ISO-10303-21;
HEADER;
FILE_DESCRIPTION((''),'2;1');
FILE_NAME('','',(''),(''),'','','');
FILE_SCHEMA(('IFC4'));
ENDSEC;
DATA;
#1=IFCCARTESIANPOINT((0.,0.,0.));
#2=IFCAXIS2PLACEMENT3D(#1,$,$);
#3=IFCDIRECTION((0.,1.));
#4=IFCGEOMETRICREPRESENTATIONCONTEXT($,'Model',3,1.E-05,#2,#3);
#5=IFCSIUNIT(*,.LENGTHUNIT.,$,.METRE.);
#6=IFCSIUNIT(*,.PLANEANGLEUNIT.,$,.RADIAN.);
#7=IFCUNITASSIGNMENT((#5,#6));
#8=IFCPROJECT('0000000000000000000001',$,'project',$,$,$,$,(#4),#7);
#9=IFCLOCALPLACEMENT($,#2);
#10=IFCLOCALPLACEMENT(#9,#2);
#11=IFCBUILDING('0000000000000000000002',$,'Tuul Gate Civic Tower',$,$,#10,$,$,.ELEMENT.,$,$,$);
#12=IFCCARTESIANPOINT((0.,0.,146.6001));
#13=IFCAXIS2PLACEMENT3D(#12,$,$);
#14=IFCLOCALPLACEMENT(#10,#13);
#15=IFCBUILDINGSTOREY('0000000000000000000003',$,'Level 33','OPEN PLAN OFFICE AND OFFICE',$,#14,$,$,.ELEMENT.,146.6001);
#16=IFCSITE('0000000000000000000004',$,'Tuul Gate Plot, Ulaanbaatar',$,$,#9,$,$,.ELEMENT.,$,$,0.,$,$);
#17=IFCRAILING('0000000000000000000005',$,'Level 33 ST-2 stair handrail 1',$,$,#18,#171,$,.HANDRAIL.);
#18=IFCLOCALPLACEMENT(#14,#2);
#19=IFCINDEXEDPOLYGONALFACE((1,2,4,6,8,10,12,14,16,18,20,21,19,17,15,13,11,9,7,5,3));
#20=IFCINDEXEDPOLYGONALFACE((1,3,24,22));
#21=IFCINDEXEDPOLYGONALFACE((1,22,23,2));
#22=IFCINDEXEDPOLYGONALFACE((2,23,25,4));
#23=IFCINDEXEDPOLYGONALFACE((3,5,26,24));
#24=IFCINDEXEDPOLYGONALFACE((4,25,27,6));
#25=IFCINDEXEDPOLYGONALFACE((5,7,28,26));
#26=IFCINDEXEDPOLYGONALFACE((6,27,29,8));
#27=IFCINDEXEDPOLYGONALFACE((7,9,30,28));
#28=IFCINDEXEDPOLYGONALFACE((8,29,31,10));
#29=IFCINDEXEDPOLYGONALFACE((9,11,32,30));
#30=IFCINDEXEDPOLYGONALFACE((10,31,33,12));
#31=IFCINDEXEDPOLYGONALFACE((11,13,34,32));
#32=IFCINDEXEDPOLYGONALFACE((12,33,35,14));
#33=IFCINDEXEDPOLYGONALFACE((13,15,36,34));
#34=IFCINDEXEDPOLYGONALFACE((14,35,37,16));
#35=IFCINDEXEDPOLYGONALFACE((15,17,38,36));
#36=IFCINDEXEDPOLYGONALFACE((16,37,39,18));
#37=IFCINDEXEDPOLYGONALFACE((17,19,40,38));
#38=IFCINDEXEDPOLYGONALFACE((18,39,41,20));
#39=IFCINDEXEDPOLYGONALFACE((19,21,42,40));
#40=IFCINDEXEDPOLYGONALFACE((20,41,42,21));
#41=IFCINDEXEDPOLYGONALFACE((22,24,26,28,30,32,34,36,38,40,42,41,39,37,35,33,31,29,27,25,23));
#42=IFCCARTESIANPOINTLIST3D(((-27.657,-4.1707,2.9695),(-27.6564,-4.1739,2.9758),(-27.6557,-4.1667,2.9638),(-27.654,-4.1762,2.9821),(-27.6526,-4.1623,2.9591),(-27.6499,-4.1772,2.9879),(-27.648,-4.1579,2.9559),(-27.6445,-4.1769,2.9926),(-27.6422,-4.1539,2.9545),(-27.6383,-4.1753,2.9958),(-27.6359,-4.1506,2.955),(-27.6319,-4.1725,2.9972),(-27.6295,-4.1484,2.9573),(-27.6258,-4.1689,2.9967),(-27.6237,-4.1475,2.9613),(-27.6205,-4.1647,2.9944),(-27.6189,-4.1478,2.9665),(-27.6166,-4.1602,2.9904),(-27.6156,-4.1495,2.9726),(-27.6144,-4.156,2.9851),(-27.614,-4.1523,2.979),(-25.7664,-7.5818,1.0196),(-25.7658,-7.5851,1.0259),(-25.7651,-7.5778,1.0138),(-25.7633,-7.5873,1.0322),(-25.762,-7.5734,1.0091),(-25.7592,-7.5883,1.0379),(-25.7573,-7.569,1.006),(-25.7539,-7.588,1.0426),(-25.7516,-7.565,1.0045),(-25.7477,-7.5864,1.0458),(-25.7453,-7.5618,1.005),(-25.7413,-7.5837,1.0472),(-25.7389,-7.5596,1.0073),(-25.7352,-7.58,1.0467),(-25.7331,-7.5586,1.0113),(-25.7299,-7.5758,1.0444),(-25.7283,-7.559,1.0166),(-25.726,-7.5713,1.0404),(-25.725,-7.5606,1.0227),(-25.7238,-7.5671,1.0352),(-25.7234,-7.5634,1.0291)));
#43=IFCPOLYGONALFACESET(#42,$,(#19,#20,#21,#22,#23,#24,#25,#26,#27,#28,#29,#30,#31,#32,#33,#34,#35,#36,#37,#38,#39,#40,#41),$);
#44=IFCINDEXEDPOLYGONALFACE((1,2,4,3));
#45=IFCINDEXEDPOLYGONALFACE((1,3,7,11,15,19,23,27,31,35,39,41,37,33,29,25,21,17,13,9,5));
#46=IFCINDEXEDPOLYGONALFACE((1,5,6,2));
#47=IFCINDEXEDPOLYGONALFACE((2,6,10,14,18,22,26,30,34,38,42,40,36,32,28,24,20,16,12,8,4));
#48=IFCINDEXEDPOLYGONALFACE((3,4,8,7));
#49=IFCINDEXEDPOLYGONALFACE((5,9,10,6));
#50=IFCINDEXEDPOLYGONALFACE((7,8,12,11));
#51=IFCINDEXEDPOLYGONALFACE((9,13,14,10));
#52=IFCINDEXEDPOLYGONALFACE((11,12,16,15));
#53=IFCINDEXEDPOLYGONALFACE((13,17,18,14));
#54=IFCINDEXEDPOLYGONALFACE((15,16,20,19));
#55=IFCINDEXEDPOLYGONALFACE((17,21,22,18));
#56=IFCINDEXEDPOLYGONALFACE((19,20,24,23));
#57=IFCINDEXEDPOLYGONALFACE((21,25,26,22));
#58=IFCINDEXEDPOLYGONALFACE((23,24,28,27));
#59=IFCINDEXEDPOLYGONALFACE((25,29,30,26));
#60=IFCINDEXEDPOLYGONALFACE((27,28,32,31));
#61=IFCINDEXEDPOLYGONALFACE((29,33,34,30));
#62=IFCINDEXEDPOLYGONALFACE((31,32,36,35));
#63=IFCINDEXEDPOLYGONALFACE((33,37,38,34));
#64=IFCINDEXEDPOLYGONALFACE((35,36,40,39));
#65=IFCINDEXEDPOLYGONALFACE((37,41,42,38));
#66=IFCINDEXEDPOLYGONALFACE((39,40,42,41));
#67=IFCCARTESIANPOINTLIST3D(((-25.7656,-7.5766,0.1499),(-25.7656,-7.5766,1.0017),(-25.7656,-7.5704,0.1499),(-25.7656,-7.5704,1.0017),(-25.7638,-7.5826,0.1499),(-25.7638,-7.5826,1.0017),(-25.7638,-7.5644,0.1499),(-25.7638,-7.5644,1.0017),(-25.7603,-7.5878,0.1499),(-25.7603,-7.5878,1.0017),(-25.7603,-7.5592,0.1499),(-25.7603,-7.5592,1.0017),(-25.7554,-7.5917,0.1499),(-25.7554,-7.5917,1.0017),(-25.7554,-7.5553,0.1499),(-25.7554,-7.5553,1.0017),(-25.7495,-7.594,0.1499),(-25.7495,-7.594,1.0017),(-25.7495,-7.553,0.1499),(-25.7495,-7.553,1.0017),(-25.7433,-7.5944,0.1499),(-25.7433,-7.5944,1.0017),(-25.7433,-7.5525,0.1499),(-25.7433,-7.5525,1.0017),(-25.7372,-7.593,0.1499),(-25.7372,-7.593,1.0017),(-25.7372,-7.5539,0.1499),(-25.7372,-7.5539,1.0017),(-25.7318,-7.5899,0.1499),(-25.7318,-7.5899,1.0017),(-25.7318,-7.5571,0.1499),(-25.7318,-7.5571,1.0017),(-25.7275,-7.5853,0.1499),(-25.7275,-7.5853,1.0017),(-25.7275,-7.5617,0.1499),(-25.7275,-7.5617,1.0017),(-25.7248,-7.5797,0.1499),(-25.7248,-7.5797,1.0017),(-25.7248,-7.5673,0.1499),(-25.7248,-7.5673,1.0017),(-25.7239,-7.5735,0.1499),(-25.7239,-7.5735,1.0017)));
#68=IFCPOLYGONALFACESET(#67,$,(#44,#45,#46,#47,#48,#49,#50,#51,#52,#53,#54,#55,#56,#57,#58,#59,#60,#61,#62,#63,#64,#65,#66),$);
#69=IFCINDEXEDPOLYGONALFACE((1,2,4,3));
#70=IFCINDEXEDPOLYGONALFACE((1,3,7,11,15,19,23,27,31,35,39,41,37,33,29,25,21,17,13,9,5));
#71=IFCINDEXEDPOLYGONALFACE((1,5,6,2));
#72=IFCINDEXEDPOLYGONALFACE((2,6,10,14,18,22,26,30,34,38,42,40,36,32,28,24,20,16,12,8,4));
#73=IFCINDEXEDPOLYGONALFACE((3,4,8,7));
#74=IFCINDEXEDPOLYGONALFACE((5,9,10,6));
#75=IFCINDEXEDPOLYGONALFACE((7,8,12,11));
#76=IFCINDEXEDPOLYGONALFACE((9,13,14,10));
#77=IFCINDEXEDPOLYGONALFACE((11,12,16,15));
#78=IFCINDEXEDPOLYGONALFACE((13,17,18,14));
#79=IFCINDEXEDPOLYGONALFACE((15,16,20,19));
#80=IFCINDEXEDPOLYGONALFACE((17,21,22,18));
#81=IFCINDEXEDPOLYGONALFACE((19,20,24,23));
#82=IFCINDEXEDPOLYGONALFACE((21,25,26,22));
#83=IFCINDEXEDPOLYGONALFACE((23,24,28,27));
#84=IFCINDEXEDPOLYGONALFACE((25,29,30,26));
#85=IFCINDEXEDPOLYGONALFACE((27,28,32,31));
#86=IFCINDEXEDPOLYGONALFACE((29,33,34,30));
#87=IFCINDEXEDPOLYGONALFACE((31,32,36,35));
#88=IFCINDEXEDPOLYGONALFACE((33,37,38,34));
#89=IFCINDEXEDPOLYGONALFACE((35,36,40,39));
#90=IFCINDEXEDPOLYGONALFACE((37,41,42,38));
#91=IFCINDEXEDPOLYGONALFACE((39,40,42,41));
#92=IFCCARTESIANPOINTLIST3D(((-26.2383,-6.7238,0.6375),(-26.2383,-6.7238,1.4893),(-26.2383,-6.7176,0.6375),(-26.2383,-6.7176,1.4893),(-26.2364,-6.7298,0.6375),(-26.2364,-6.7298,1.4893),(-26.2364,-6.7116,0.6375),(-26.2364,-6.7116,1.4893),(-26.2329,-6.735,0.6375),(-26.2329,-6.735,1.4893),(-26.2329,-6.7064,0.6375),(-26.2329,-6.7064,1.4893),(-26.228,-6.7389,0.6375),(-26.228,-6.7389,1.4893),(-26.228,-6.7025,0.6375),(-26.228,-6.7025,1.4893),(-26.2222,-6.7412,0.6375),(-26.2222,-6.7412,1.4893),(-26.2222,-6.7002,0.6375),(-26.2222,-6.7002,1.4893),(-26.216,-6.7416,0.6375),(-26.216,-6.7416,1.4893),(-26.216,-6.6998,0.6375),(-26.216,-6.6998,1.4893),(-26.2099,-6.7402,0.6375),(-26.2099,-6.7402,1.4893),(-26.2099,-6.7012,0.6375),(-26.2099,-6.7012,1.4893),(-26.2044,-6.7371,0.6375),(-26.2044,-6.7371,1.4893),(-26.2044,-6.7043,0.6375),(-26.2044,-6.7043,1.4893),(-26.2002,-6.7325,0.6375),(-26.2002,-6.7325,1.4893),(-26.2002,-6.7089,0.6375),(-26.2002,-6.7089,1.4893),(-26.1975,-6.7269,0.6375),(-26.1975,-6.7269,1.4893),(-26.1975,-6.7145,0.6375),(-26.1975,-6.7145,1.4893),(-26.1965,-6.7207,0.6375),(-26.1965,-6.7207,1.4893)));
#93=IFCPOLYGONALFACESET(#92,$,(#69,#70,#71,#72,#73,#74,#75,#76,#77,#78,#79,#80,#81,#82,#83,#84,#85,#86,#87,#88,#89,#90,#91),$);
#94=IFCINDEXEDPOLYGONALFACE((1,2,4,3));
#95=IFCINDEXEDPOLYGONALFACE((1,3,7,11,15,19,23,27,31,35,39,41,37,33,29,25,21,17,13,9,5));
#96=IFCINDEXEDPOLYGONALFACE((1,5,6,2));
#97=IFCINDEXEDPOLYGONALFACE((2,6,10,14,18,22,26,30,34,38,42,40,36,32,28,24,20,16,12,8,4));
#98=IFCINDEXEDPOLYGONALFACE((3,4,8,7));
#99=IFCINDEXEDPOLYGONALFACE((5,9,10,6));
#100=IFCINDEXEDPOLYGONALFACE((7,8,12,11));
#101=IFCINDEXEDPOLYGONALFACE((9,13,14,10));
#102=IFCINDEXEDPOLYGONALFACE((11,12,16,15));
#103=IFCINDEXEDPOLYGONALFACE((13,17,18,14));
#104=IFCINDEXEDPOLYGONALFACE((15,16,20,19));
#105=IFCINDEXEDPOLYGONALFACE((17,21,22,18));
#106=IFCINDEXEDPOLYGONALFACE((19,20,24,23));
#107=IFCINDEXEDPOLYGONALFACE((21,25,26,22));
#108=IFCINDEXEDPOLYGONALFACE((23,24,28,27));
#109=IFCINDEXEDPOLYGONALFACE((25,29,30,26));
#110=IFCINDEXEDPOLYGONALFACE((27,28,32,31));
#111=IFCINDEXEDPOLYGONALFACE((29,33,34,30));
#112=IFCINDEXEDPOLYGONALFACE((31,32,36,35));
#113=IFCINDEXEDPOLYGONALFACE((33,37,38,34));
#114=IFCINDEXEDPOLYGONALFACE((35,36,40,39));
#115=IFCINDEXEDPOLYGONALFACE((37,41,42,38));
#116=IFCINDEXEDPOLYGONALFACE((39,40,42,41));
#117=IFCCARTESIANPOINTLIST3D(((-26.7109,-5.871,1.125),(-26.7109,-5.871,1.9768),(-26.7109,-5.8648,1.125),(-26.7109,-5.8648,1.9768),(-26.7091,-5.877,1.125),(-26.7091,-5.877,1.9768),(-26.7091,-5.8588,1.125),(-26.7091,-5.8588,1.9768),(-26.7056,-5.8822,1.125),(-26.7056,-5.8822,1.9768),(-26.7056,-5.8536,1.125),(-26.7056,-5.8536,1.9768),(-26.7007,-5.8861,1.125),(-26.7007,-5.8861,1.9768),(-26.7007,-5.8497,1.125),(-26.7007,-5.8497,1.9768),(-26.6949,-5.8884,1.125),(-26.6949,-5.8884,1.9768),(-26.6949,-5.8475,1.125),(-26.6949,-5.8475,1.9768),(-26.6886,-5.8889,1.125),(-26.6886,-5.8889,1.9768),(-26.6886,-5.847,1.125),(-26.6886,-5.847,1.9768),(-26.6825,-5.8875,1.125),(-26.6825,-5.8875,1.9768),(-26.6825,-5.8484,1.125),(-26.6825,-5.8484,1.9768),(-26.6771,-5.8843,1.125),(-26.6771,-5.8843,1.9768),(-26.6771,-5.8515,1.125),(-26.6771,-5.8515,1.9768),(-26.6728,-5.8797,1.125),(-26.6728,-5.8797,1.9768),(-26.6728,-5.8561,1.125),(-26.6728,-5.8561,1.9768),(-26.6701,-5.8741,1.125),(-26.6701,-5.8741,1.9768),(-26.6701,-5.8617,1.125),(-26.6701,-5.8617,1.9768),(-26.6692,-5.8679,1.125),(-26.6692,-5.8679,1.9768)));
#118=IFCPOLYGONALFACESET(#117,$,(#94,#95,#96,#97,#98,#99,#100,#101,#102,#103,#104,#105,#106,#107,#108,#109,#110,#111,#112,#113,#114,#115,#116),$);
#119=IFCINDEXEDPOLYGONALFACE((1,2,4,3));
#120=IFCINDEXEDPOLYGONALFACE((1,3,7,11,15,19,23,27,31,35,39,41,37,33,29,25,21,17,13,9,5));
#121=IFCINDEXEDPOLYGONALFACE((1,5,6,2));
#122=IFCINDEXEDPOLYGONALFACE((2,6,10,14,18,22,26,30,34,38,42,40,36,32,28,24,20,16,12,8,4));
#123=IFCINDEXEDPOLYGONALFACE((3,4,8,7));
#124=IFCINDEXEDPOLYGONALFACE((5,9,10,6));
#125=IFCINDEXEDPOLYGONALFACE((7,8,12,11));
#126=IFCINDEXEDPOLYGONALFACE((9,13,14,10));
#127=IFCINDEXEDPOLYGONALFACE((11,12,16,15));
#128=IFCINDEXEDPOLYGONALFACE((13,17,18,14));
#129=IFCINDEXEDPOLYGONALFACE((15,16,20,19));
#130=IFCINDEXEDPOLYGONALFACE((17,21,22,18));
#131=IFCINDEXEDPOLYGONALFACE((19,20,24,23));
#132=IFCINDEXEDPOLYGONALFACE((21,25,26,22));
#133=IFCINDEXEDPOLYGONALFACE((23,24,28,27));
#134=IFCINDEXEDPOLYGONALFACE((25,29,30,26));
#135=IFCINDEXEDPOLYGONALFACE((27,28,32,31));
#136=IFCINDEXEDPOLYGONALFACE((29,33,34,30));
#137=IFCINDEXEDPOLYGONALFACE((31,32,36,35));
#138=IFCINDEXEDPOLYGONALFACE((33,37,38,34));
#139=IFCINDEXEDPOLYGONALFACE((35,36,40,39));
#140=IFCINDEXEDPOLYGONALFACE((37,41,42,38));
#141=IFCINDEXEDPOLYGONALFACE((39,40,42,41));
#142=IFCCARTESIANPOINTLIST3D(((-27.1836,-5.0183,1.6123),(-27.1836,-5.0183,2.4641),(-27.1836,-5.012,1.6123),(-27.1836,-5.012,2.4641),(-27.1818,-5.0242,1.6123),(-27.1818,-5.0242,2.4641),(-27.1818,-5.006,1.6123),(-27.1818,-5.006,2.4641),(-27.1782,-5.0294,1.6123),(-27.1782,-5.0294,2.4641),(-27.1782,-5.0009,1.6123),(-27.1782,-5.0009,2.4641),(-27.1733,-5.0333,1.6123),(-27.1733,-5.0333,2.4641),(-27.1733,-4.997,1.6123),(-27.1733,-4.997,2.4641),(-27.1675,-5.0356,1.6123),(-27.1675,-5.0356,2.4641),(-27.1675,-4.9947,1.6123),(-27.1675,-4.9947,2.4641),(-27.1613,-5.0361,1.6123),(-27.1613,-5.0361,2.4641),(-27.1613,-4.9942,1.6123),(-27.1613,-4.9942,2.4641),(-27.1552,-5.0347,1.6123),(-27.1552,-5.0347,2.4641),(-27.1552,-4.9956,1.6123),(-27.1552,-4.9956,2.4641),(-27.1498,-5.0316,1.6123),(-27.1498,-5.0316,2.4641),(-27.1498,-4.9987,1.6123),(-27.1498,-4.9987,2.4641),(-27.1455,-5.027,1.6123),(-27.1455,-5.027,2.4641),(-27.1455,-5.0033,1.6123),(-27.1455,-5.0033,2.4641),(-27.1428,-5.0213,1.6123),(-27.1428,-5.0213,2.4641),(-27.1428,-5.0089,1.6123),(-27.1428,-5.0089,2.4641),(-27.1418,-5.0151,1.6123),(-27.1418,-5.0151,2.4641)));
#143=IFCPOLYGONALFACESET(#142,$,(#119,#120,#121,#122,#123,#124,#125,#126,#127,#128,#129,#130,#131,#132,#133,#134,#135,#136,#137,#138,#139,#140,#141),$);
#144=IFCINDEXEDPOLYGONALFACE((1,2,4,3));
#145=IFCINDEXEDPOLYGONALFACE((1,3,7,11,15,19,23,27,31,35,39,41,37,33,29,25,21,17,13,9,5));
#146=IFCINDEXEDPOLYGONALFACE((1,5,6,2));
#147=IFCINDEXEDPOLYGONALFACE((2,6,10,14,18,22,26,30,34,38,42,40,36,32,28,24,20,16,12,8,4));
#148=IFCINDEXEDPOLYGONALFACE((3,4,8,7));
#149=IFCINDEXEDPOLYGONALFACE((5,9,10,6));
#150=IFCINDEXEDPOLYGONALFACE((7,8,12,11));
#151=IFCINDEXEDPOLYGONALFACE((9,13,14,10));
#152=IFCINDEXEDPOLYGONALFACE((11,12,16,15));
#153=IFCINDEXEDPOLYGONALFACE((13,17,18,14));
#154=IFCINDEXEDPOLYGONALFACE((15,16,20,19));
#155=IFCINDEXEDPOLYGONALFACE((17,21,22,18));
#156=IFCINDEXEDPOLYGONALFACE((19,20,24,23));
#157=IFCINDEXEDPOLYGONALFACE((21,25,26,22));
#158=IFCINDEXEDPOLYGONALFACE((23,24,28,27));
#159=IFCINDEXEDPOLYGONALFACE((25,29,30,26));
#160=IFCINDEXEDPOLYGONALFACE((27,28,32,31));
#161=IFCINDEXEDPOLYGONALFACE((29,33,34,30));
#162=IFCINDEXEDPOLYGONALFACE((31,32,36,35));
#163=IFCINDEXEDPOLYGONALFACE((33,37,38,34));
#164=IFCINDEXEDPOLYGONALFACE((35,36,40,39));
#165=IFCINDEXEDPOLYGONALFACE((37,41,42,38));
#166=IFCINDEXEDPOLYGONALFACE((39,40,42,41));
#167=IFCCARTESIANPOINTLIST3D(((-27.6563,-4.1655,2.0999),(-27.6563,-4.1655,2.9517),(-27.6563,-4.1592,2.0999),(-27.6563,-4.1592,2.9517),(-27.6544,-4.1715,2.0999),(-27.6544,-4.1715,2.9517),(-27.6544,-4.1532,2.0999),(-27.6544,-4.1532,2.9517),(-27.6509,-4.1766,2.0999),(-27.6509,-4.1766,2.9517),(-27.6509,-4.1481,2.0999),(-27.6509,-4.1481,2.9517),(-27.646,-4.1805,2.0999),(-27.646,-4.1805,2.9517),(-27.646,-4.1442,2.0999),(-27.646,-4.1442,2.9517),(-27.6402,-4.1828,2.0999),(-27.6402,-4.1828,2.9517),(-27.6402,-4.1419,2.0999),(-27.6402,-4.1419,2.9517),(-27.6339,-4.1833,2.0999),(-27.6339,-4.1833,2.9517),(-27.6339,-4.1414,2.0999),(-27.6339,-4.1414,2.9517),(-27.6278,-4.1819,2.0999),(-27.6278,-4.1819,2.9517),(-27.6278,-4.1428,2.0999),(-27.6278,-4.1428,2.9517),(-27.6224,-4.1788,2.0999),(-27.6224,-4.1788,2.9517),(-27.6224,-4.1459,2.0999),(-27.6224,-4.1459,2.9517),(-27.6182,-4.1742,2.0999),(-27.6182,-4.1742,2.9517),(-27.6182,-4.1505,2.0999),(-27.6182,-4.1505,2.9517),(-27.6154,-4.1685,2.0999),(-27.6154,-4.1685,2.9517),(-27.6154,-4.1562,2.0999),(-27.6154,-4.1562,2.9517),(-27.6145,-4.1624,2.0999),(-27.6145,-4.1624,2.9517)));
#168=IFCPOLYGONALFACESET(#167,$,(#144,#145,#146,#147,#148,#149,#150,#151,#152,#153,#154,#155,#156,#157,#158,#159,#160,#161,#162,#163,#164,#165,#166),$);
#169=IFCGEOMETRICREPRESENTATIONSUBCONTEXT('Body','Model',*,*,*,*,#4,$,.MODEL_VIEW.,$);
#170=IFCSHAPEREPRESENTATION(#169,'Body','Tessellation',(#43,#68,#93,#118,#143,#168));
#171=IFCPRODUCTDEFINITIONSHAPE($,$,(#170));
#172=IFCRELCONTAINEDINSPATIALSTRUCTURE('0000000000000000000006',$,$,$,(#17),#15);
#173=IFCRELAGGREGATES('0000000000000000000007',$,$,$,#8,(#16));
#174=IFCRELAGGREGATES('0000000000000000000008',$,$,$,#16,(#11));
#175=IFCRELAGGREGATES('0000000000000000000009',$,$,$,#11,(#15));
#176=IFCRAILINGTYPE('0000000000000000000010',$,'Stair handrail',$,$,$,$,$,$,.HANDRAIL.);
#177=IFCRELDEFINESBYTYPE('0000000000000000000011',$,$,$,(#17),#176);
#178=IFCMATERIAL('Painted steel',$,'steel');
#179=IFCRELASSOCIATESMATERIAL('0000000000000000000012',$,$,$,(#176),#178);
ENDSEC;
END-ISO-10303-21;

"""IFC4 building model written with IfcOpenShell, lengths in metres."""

from ifc_helpers import new_model, si_unit, direction, frame, origin, origin_2d, place, context, subcontext, project, spatial, circle, extrude, material, type_object, element, save


model = new_model("IFC4")

# Units and contexts
model_context = context("Model", 3, precision=1e-05, world=origin(), true_north=direction((0.0, 1.0)))
body_context = subcontext(model_context, "Body", "Model", "MODEL_VIEW")
ifc_project = project(units=[si_unit("LENGTHUNIT", "METRE"), si_unit("PLANEANGLEUNIT", "RADIAN")], contexts=[model_context])

# Site, building, storey
site_placement = place(None, origin())
site = spatial("IfcSite", under=ifc_project, at=site_placement, Name="Tuul Gate Plot, Ulaanbaatar", CompositionType="ELEMENT", RefElevation=0.0)
building_placement = place(site_placement, origin())
building = spatial("IfcBuilding", under=site, at=building_placement, Name="Tuul Gate Civic Tower", CompositionType="ELEMENT")
storey_placement = place(building_placement, frame((0.0, 0.0, 146.6001)))
storey = spatial("IfcBuildingStorey", under=building, at=storey_placement, Name="Level 33", Description="OPEN PLAN OFFICE AND OFFICE", CompositionType="ELEMENT", Elevation=146.6001)

# Railing
ifc_material_1 = material(Name="Painted steel", Category="steel")
railing_type = type_object("IfcRailingType", Name="Stair handrail", PredefinedType="HANDRAIL", material=ifc_material_1)
railing_placement = place(storey_placement, frame((-25.7449, -7.5735, 0.1499)))
element("IfcRailing", 1, at=railing_placement, inside=storey, type_object=railing_type, Name="Level 33 ST-2 stair handrail 1", PredefinedType="HANDRAIL", context=body_context, shape_type="SweptSolid", body=[
    extrude(circle(Radius=0.0239, at=origin_2d()), frame((0.0, 0.0, 0.876), z_axis=(-0.433595, 0.782308, 0.447201), x_axis=(-0.874641, -0.484771, 0.0)), (0.0, 0.0, 1.0), 4.3604),
    extrude(circle(Radius=0.021, at=origin_2d()), origin(), (0.0, 0.0, 1.0), 0.8518),
    extrude(circle(Radius=0.021, at=origin_2d()), frame((-0.4727, 0.8528, 0.4875)), (0.0, 0.0, 1.0), 0.8518),
    extrude(circle(Radius=0.021, at=origin_2d()), frame((-0.9453, 1.7056, 0.9751)), (0.0, 0.0, 1.0), 0.8518),
    extrude(circle(Radius=0.021, at=origin_2d()), frame((-1.418, 2.5583, 1.4624)), (0.0, 0.0, 1.0), 0.8518),
    extrude(circle(Radius=0.021, at=origin_2d()), frame((-1.8906, 3.4111, 1.95)), (0.0, 0.0, 1.0), 0.8518),
])

save(model, "model.ifc")
